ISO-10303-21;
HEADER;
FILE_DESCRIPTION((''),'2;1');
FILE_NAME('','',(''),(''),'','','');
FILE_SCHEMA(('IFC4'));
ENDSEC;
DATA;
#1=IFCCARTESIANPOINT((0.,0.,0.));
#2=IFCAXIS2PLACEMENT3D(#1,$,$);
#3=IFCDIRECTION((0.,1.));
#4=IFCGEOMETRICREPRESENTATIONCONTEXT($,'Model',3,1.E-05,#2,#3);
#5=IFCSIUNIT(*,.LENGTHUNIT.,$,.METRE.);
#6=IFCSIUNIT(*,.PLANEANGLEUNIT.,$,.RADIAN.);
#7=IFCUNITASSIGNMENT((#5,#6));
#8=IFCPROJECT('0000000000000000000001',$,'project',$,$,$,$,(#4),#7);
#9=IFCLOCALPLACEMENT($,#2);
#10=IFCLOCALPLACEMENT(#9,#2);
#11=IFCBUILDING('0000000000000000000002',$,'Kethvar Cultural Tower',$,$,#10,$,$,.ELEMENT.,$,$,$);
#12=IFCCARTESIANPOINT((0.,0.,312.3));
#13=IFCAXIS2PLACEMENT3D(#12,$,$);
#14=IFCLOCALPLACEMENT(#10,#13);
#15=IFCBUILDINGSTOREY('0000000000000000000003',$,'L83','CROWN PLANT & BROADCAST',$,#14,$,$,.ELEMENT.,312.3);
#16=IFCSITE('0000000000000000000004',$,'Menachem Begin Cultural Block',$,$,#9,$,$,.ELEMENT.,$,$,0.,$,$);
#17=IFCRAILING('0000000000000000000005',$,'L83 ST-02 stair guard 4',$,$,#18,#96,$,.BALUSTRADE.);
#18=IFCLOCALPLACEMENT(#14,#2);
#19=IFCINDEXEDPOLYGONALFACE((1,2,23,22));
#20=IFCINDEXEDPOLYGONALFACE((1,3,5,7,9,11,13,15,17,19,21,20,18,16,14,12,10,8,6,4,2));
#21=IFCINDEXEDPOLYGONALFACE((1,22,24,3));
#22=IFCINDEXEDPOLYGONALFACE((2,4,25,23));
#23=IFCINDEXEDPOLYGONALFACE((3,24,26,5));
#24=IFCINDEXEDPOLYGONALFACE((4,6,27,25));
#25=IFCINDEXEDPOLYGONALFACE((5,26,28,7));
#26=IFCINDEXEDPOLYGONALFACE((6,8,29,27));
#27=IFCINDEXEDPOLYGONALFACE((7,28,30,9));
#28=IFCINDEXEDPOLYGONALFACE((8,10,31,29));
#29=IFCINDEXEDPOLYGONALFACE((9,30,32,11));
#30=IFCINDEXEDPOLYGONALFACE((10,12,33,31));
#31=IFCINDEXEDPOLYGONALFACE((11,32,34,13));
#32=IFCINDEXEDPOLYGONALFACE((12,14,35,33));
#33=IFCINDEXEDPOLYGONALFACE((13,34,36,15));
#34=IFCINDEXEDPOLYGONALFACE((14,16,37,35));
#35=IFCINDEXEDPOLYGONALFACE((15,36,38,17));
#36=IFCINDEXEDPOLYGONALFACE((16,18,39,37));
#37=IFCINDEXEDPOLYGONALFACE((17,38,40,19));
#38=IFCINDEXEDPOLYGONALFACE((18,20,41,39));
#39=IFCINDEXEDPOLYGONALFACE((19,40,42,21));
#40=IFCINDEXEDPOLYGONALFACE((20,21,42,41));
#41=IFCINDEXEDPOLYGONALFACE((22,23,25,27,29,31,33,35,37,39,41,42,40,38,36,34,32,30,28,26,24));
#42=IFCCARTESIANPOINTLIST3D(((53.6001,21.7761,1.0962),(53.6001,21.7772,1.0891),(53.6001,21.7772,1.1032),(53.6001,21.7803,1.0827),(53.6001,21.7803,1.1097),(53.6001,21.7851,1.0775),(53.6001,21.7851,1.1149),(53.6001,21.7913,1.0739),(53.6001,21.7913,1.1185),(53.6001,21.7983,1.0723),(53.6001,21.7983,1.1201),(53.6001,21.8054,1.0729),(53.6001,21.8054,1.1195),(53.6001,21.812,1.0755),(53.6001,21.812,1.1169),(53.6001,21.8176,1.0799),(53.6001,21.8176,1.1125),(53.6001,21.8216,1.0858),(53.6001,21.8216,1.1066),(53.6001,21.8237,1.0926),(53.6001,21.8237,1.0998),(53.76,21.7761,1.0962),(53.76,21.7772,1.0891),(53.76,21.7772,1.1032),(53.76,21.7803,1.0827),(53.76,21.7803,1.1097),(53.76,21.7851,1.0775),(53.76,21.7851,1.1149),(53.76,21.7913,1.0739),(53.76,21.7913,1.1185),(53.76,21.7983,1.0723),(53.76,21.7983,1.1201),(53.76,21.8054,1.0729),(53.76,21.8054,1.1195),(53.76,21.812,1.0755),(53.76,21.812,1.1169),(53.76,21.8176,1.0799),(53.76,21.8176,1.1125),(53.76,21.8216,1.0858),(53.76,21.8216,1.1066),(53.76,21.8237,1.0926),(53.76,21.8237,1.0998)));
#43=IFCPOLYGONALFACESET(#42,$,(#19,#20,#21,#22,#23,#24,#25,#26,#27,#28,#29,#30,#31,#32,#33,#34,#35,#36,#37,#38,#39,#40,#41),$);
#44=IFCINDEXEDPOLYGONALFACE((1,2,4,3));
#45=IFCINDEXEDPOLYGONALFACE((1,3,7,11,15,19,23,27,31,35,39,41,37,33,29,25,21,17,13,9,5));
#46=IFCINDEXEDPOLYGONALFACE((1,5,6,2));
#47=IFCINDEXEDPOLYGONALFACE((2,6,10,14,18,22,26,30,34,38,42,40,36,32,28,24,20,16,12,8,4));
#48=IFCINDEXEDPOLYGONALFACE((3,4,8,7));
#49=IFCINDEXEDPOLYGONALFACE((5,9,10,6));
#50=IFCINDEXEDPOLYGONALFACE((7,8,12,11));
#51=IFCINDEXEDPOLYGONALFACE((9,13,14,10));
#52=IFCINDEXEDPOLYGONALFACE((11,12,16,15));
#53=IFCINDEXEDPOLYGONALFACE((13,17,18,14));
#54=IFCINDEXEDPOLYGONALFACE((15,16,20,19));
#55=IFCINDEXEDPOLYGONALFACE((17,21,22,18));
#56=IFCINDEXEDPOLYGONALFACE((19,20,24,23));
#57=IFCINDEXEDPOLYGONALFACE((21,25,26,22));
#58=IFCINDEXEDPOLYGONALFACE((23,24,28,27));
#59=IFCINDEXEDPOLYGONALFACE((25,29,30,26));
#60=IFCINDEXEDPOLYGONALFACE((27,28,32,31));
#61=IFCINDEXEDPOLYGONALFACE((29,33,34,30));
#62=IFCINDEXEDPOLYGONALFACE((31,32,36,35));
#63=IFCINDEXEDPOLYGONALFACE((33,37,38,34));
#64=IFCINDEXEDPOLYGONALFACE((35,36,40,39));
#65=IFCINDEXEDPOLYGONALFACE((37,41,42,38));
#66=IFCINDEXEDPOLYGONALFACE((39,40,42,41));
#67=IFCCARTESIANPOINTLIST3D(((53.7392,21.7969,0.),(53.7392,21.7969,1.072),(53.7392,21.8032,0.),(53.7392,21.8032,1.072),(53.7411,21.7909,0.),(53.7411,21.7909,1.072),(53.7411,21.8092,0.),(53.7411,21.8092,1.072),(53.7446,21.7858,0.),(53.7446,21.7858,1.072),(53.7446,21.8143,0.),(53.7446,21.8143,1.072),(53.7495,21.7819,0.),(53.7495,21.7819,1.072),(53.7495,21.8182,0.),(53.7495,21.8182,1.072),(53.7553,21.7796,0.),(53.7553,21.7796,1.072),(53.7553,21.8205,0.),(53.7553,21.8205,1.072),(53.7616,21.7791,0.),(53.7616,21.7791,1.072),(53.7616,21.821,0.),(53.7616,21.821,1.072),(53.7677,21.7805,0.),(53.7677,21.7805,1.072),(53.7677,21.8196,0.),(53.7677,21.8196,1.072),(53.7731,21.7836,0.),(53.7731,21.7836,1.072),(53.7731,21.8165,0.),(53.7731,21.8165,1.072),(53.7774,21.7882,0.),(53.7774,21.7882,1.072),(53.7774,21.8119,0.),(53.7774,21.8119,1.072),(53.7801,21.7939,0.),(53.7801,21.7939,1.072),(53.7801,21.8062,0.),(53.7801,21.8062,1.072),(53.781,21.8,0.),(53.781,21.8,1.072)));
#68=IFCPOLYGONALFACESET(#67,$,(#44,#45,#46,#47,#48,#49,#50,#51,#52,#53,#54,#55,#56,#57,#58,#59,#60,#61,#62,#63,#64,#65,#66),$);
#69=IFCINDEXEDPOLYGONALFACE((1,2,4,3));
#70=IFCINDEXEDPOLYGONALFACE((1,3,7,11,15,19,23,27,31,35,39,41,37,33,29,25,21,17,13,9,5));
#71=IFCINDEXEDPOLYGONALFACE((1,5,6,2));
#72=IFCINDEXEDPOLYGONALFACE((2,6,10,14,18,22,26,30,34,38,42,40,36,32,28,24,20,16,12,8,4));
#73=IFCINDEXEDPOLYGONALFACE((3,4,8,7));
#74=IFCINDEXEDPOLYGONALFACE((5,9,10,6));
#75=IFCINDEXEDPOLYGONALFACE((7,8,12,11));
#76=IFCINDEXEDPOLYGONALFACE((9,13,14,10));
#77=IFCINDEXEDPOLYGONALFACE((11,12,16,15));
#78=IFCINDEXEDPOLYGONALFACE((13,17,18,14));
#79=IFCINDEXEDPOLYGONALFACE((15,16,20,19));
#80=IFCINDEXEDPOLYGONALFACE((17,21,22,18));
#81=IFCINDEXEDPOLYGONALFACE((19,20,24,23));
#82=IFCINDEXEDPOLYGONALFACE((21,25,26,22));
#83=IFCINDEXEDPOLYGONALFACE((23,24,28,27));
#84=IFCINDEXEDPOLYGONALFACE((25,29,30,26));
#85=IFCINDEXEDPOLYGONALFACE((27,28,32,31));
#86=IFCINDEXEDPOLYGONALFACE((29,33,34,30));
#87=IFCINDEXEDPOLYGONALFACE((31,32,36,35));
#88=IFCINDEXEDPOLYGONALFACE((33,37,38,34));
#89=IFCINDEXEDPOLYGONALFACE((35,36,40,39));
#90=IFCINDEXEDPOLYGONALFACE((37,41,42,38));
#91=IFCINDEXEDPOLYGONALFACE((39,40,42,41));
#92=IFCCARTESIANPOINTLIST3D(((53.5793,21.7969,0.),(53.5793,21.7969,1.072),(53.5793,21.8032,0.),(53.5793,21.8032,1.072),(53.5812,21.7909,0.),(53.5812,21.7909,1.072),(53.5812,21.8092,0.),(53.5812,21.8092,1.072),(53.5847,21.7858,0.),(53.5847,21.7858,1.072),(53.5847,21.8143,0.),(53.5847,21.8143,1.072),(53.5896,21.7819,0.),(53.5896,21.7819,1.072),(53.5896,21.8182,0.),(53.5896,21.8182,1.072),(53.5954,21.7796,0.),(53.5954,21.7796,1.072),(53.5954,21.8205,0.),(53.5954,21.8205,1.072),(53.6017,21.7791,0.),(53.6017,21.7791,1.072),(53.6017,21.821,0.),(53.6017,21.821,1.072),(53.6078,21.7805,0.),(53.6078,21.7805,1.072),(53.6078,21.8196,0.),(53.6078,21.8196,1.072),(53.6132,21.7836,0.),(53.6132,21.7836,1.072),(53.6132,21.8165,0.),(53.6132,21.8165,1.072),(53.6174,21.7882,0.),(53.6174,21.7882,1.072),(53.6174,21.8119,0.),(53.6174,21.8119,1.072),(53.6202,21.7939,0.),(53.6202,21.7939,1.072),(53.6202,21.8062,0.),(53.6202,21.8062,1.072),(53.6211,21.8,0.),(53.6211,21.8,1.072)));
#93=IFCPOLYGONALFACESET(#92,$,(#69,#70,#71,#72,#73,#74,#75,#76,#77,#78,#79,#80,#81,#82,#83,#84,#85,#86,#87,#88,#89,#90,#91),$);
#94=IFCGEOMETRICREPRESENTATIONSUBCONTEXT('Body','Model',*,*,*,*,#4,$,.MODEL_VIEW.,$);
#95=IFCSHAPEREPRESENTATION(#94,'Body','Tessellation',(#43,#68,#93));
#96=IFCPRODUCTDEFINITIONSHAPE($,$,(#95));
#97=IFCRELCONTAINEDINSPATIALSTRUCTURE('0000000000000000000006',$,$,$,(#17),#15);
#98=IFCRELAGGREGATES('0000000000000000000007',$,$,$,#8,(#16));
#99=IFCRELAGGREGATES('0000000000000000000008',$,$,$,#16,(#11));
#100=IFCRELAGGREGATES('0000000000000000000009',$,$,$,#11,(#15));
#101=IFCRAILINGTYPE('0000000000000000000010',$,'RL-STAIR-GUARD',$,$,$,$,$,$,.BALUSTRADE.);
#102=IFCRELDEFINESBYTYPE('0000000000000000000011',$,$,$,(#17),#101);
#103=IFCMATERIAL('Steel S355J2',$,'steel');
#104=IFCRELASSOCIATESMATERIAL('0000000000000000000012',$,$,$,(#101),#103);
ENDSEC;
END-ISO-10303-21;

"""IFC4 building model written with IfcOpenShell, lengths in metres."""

from ifc_helpers import new_model, si_unit, direction, frame, origin, origin_2d, place, context, subcontext, project, spatial, circle, extrude, material, type_object, element, save


model = new_model("IFC4")

# Units and contexts
model_context = context("Model", 3, precision=1e-05, world=origin(), true_north=direction((0.0, 1.0)))
body_context = subcontext(model_context, "Body", "Model", "MODEL_VIEW")
ifc_project = project(units=[si_unit("LENGTHUNIT", "METRE"), si_unit("PLANEANGLEUNIT", "RADIAN")], contexts=[model_context])

# Site, building, storey
site_placement = place(None, origin())
site = spatial("IfcSite", under=ifc_project, at=site_placement, Name="Menachem Begin Cultural Block", CompositionType="ELEMENT", RefElevation=0.0)
building_placement = place(site_placement, origin())
building = spatial("IfcBuilding", under=site, at=building_placement, Name="Kethvar Cultural Tower", CompositionType="ELEMENT")
storey_placement = place(building_placement, frame((0.0, 0.0, 312.3)))
storey = spatial("IfcBuildingStorey", under=building, at=storey_placement, Name="L83", Description="CROWN PLANT & BROADCAST", CompositionType="ELEMENT", Elevation=312.3)

# Shared definitions
ifc_material_1 = material(Name="Steel S355J2", Category="steel")

# Railing
railing_type_1 = type_object("IfcRailingType", Name="RL-STAIR-GUARD", PredefinedType="BALUSTRADE", material=ifc_material_1)
railing_1_placement = place(storey_placement, frame((53.76, 21.8, 0.0)))
element("IfcRailing", 1, at=railing_1_placement, inside=storey, type_object=railing_type_1, Name="L83 ST-02 stair guard 4", PredefinedType="BALUSTRADE", context=body_context, shape_type="SweptSolid", body=[
    extrude(circle(Radius=0.0239, at=origin_2d()), frame((0.0, 0.0, 1.0962), z_axis=(-1.0, 0.0, 0.0), x_axis=(0.0, -1.0, 0.0)), (0.0, 0.0, 1.0), 0.1599),
    extrude(circle(Radius=0.021, at=origin_2d()), origin(), (0.0, 0.0, 1.0), 1.072),
    extrude(circle(Radius=0.021, at=origin_2d()), frame((-0.1599, 0.0, 0.0)), (0.0, 0.0, 1.0), 1.072),
])

save(model, "model.ifc")
